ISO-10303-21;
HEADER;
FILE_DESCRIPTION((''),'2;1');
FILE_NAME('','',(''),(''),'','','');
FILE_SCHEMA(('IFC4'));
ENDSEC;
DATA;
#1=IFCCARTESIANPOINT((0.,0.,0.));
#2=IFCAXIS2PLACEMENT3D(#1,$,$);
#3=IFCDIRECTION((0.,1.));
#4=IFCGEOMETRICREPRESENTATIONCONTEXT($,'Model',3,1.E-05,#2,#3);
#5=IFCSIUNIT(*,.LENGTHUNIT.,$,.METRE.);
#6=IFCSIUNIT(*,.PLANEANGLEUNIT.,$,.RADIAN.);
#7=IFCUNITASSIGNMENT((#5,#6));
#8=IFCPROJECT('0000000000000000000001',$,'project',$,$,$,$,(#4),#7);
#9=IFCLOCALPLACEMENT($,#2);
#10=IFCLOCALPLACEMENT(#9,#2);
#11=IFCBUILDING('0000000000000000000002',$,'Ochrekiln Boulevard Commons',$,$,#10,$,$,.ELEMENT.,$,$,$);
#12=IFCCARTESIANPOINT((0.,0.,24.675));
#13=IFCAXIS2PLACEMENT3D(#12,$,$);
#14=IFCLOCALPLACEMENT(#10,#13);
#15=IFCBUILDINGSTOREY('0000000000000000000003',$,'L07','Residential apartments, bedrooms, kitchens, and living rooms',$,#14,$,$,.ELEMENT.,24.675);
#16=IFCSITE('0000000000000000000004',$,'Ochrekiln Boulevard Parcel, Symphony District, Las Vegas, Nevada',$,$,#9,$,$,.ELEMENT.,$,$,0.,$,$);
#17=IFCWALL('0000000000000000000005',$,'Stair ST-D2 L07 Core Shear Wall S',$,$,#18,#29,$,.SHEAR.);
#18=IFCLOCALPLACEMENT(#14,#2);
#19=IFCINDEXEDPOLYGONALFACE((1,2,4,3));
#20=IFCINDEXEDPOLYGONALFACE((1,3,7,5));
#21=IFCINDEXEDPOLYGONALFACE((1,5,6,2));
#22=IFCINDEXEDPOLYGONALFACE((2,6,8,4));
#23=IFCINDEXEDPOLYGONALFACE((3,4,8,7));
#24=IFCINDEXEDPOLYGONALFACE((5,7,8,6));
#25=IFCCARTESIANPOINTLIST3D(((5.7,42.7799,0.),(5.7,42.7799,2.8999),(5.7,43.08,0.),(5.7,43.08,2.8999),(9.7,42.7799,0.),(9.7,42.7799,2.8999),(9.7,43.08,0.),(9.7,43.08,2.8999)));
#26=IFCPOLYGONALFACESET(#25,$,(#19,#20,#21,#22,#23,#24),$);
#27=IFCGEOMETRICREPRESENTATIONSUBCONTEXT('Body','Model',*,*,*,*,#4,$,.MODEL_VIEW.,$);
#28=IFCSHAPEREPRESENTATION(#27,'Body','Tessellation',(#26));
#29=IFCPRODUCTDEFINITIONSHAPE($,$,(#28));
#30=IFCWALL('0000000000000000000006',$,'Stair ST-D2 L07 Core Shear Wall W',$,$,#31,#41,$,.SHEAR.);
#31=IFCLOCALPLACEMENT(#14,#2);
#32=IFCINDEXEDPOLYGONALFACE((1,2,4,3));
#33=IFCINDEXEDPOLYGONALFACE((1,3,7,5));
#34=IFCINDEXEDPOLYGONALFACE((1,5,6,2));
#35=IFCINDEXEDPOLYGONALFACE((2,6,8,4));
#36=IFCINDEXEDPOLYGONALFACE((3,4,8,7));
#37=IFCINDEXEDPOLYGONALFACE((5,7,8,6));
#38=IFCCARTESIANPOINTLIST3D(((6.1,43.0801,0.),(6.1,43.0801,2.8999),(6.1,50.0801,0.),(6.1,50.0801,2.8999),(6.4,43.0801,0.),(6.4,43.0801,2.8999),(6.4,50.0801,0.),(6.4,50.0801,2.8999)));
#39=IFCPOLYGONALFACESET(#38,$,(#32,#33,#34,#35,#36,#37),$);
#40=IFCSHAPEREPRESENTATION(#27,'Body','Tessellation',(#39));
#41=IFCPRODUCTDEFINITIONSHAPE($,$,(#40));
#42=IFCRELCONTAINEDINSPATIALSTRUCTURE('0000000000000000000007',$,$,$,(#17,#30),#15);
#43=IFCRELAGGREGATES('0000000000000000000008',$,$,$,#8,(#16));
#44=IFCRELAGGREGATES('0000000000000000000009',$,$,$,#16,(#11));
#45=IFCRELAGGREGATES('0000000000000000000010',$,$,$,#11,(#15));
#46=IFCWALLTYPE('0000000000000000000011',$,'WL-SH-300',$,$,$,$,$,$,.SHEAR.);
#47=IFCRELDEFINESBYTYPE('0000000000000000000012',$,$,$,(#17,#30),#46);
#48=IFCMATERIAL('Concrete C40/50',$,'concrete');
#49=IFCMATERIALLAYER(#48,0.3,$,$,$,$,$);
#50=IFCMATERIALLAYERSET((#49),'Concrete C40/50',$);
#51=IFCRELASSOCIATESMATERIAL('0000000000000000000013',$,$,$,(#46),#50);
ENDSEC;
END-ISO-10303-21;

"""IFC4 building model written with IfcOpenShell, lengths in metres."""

from ifc_helpers import new_model, si_unit, direction, frame, frame_2d, origin, place, context, subcontext, project, spatial, rectangle, extrude, material, layer, layer_set, type_object, element, save


model = new_model("IFC4")

# Units and contexts
model_context = context("Model", 3, precision=1e-05, world=origin(), true_north=direction((0.0, 1.0)))
body_context = subcontext(model_context, "Body", "Model", "MODEL_VIEW")
ifc_project = project(units=[si_unit("LENGTHUNIT", "METRE"), si_unit("PLANEANGLEUNIT", "RADIAN")], contexts=[model_context])

# Site, building, storey
site_placement = place(None, origin())
site = spatial("IfcSite", under=ifc_project, at=site_placement, Name="Ochrekiln Boulevard Parcel, Symphony District, Las Vegas, Nevada", CompositionType="ELEMENT", RefElevation=0.0)
building_placement = place(site_placement, origin())
building = spatial("IfcBuilding", under=site, at=building_placement, Name="Ochrekiln Boulevard Commons", CompositionType="ELEMENT")
storey_placement = place(building_placement, frame((0.0, 0.0, 24.675)))
storey = spatial("IfcBuildingStorey", under=building, at=storey_placement, Name="L07", Description="Residential apartments, bedrooms, kitchens, and living rooms", CompositionType="ELEMENT", Elevation=24.675)

# Shared definitions
ifc_material_1 = material(Name="Concrete C40/50", Category="concrete")

# Walls
ifc_layer_1 = layer(ifc_material_1, 0.3)
ifc_layer_set_1 = layer_set([ifc_layer_1], Name="Concrete C40/50")
wall_type_1 = type_object("IfcWallType", Name="WL-SH-300", PredefinedType="SHEAR", material=ifc_layer_set_1)
wall_1_placement = place(storey_placement, frame((5.7, 42.9299, 0.0), z_axis=(0.0, 0.0, 1.0), x_axis=(1.0, 0.0, 0.0)))
element("IfcWall", 1, at=wall_1_placement, inside=storey, type_object=wall_type_1, Name="Stair ST-D2 L07 Core Shear Wall S", PredefinedType="SHEAR", context=body_context, shape_type="SweptSolid", body=[
    extrude(rectangle(XDim=4.0, YDim=0.3, at=frame_2d((2.0, 0.0))), origin(), (0.0, 0.0, 1.0), 2.8999),
])
wall_2_placement = place(storey_placement, frame((6.25, 43.0801, 0.0), z_axis=(0.0, 0.0, 1.0), x_axis=(0.0, 1.0, 0.0)))
element("IfcWall", 2, at=wall_2_placement, inside=storey, type_object=wall_type_1, Name="Stair ST-D2 L07 Core Shear Wall W", PredefinedType="SHEAR", context=body_context, shape_type="SweptSolid", body=[
    extrude(rectangle(XDim=7.0, YDim=0.3, at=frame_2d((3.5, 0.0))), origin(), (0.0, 0.0, 1.0), 2.8999),
])

save(model, "model.ifc")
